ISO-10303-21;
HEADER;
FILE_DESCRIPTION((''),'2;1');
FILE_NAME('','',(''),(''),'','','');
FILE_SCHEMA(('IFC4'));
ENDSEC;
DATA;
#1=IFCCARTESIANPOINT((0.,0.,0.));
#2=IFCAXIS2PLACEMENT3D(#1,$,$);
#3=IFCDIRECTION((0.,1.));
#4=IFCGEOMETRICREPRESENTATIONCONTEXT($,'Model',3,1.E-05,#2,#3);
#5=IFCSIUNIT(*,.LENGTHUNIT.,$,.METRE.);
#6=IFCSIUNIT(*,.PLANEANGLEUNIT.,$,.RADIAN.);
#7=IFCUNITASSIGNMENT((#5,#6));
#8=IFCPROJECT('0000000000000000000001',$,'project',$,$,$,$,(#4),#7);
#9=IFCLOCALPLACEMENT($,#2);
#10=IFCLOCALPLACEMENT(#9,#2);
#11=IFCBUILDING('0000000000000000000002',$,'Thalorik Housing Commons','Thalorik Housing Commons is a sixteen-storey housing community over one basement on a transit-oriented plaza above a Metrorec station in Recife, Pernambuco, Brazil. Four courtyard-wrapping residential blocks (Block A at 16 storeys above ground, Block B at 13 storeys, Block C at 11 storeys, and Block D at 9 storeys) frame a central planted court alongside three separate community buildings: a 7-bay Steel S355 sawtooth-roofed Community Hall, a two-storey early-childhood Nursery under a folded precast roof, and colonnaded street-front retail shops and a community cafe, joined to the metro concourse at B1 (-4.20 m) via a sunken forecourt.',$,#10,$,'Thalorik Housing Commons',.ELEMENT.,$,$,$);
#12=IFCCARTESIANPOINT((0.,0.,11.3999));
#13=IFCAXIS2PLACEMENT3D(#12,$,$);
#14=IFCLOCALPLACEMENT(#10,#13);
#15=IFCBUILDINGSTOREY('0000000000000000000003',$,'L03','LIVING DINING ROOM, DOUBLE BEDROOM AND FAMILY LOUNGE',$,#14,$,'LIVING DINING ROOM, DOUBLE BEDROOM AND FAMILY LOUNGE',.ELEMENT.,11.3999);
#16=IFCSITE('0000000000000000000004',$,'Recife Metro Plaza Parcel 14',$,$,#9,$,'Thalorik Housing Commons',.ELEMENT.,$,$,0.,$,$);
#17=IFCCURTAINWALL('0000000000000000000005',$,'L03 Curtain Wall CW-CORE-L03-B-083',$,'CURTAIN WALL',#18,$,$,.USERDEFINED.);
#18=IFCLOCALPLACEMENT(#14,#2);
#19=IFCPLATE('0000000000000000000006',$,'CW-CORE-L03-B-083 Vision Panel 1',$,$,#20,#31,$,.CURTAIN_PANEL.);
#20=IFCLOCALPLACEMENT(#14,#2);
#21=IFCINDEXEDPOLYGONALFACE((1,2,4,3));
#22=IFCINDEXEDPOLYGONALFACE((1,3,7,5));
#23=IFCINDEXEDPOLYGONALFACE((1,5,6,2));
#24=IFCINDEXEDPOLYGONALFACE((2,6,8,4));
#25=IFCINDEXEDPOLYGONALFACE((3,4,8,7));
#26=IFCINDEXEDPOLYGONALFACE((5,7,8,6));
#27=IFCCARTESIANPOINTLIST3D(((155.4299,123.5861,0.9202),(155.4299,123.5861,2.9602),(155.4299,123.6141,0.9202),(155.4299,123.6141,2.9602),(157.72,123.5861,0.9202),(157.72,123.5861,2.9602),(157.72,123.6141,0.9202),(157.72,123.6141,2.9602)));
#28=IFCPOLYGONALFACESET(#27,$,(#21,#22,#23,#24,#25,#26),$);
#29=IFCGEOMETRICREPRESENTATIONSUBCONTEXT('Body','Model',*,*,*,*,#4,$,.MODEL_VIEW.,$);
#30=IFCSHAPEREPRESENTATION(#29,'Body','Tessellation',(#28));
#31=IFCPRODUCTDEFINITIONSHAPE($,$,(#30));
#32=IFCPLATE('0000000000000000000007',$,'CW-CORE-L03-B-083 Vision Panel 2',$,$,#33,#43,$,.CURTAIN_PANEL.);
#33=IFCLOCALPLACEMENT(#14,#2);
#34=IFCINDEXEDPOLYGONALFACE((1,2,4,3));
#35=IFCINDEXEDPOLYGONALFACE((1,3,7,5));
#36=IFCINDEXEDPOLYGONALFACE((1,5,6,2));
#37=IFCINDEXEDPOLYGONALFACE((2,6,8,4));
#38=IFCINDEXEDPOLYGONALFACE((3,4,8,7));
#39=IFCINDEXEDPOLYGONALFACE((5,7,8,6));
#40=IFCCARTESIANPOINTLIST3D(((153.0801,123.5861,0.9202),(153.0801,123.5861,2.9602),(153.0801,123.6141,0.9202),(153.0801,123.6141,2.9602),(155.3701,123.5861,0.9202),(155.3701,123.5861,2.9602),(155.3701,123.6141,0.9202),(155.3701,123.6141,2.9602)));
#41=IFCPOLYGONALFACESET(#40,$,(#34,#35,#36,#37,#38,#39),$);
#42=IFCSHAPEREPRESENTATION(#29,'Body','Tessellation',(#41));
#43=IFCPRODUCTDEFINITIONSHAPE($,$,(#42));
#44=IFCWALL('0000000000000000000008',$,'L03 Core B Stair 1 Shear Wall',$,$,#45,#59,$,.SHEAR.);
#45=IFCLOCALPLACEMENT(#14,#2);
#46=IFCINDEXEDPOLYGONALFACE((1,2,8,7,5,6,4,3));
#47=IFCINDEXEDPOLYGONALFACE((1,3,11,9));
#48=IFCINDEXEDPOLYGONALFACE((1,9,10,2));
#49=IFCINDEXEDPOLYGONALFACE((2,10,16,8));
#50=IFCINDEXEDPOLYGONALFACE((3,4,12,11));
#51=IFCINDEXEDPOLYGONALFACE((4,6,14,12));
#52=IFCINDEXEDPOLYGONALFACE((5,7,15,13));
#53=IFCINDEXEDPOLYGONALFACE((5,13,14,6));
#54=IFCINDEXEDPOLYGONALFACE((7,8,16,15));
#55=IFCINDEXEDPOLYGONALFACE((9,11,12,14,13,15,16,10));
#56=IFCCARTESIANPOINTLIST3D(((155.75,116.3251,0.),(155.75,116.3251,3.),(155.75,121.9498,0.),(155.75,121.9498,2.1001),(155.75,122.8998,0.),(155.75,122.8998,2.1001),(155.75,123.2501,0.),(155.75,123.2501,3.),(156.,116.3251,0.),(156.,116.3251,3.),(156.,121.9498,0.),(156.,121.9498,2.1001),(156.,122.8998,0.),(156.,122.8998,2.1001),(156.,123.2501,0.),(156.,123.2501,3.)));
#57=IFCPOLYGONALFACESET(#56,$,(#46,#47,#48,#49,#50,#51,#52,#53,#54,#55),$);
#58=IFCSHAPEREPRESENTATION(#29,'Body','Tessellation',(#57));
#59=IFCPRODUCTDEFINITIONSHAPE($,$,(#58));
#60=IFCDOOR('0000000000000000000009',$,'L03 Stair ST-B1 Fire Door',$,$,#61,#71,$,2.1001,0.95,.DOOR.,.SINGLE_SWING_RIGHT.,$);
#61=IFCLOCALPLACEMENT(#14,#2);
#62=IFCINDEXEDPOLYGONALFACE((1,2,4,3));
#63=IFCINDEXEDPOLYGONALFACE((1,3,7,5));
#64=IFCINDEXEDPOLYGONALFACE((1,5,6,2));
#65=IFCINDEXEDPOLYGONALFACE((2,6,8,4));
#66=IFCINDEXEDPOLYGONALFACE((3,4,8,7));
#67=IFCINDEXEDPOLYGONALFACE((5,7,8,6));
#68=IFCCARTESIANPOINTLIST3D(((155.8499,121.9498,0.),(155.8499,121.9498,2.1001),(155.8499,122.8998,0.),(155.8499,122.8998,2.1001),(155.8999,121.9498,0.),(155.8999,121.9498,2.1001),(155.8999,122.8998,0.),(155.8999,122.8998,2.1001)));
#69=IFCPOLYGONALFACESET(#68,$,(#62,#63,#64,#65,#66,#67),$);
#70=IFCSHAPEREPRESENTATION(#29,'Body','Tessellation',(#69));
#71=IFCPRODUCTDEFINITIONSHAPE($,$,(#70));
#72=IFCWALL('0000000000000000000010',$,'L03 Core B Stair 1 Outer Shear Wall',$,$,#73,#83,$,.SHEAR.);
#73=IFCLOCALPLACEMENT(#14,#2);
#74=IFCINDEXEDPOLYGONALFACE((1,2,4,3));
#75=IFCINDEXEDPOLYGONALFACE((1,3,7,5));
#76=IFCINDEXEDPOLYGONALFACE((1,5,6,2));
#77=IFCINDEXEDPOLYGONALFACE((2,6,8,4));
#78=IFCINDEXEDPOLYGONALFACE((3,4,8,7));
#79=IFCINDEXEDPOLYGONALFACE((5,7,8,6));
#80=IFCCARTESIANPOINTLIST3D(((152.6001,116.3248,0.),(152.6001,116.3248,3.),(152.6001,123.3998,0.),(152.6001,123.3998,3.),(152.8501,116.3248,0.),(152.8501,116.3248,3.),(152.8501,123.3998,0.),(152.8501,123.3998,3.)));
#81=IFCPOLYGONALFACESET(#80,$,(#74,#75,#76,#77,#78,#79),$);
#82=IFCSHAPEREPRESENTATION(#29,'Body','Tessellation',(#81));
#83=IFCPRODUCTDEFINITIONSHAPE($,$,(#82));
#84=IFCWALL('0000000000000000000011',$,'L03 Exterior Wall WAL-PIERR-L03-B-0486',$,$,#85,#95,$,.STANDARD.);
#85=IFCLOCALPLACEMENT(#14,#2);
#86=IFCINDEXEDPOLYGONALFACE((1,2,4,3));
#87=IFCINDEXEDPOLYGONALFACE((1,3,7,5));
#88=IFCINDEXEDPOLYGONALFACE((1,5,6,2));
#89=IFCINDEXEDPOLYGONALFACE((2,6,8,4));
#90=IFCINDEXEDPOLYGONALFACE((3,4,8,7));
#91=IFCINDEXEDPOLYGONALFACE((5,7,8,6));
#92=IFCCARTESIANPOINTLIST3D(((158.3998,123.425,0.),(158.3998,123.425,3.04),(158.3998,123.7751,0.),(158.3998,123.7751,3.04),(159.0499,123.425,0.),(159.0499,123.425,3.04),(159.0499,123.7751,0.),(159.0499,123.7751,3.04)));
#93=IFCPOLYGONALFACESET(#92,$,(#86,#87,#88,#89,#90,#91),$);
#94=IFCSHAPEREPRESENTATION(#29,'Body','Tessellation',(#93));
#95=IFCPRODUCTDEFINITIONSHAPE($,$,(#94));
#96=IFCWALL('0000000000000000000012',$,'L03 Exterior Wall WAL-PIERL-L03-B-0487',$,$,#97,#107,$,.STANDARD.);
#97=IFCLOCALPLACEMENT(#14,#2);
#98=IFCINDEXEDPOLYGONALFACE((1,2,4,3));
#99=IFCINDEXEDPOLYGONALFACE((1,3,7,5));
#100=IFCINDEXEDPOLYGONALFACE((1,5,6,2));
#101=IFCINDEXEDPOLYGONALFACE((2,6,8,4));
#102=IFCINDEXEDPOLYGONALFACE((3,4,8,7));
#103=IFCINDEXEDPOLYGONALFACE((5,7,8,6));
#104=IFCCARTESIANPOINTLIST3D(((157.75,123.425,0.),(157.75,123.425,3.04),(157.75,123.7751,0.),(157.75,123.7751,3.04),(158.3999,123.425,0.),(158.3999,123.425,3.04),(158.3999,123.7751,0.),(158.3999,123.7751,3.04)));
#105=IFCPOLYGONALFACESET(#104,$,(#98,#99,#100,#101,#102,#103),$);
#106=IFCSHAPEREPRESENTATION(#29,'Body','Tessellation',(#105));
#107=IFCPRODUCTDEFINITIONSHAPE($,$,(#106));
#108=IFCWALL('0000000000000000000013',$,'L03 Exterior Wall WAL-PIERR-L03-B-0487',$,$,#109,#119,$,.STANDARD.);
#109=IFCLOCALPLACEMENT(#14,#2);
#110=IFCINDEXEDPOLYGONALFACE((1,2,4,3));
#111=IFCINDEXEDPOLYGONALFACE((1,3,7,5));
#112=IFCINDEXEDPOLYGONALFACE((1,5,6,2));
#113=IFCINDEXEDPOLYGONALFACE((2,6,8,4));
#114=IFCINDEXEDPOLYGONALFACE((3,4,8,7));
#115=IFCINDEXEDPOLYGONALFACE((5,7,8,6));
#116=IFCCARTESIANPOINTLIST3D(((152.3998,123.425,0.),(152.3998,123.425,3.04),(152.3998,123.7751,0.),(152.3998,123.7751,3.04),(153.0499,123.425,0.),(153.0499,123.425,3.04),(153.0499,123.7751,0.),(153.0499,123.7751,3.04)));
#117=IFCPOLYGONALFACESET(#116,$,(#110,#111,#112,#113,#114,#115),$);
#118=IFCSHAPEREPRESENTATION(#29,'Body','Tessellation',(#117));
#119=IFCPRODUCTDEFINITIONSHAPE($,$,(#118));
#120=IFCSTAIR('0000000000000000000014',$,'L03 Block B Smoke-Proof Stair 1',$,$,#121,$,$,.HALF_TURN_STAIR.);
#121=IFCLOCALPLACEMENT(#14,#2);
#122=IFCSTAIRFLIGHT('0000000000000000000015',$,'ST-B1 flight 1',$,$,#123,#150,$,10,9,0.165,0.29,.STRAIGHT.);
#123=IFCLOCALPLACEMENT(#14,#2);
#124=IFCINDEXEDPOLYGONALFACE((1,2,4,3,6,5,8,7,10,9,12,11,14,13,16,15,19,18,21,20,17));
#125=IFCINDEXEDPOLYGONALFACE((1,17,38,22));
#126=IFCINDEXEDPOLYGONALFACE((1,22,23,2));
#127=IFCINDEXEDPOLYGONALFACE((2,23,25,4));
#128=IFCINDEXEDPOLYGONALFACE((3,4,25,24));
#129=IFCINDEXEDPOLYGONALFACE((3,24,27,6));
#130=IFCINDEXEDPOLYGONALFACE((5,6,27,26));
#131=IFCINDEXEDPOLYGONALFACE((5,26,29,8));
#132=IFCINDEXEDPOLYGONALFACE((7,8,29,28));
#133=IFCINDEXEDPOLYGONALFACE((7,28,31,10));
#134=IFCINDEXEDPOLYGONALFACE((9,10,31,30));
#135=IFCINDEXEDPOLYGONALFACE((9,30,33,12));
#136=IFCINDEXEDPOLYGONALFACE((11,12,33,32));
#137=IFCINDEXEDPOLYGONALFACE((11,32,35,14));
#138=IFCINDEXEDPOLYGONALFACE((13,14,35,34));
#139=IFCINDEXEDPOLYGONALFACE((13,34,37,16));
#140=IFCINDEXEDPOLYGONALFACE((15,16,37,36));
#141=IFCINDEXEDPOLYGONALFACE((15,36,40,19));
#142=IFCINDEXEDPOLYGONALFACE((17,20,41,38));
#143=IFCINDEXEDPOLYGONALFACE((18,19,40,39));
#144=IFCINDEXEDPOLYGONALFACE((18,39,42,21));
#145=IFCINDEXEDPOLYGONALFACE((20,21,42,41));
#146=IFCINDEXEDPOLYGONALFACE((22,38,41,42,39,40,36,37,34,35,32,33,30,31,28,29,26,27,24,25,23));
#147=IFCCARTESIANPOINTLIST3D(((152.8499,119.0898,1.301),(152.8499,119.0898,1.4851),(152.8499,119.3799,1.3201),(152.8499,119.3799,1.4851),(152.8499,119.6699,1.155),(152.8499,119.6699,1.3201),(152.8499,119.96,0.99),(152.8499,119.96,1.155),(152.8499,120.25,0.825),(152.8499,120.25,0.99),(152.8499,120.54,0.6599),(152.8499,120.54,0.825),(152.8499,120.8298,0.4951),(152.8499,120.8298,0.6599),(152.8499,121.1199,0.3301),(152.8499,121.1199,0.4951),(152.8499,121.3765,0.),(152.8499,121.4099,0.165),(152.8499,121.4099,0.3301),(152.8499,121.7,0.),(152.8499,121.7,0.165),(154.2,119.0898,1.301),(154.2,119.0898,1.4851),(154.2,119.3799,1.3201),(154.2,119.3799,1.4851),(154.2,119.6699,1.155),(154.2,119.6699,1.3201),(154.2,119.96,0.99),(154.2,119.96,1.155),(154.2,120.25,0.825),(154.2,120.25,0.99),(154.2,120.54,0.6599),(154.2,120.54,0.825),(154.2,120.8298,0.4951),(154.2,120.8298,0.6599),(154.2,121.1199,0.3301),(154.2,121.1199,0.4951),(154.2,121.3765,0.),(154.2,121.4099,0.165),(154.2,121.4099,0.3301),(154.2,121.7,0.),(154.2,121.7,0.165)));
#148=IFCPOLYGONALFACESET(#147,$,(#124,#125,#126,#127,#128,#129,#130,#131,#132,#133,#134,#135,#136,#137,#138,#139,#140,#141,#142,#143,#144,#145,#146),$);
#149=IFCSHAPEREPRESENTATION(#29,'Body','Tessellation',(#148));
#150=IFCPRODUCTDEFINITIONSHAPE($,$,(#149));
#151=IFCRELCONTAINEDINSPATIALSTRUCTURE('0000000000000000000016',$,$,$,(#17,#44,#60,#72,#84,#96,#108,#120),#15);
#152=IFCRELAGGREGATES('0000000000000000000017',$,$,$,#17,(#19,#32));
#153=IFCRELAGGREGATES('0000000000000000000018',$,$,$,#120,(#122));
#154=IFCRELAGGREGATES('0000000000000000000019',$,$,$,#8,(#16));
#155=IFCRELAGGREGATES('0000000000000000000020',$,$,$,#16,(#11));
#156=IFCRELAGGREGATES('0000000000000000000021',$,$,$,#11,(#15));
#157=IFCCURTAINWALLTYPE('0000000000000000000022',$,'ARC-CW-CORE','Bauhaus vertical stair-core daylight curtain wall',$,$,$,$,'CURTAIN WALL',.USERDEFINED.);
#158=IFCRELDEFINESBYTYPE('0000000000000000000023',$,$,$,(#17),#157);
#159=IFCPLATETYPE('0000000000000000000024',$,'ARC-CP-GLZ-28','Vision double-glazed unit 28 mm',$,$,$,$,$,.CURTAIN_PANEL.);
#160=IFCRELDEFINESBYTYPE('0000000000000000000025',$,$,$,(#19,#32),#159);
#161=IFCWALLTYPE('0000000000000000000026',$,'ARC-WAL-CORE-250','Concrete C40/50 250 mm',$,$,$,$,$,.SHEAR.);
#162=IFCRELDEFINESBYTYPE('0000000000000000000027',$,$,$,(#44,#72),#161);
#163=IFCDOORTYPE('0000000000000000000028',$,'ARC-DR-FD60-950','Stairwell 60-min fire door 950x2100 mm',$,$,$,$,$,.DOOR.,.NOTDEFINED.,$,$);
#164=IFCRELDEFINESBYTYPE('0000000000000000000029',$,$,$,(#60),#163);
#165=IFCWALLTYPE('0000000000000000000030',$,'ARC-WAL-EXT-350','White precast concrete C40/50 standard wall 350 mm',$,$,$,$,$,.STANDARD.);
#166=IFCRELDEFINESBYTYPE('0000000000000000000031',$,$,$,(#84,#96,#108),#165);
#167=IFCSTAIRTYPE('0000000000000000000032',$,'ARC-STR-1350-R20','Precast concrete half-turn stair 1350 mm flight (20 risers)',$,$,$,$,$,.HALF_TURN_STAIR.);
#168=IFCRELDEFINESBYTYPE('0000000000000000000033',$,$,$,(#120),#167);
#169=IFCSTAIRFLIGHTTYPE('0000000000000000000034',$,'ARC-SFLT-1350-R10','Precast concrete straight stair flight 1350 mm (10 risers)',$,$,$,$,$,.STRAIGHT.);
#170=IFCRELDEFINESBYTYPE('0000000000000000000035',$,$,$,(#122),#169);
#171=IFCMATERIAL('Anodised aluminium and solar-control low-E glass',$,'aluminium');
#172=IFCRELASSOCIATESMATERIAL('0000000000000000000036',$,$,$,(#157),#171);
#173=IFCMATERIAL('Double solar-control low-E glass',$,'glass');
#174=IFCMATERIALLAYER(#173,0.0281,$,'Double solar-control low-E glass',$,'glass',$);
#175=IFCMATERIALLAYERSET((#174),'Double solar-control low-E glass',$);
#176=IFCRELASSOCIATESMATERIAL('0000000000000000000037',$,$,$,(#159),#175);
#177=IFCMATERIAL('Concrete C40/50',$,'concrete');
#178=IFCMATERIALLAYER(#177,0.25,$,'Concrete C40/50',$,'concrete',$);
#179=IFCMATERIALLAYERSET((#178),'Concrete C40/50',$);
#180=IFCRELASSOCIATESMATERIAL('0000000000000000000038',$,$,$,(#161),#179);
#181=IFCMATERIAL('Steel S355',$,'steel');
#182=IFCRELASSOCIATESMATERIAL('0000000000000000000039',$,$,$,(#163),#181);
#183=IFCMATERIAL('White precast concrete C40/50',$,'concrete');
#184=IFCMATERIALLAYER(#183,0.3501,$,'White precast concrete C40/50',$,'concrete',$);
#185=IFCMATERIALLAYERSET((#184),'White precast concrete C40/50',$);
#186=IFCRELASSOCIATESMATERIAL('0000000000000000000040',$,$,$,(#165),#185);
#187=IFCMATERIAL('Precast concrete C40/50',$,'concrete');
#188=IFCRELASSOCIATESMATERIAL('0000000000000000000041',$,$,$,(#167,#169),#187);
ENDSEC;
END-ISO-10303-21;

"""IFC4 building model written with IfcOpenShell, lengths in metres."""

from ifc_helpers import new_model, si_unit, direction, frame, frame_2d, origin, origin_2d, place, context, subcontext, project, spatial, polyline, rectangle, outline, extrude, material, layer, layer_set, type_object, element, fill, aggregate, save


model = new_model("IFC4")

# Units and contexts
model_context = context("Model", 3, precision=1e-05, world=origin(), true_north=direction((0.0, 1.0)))
body_context = subcontext(model_context, "Body", "Model", "MODEL_VIEW")
ifc_project = project(units=[si_unit("LENGTHUNIT", "METRE"), si_unit("PLANEANGLEUNIT", "RADIAN")], contexts=[model_context])

# Site, building, storey
site_placement = place(None, origin())
site = spatial("IfcSite", under=ifc_project, at=site_placement, Name="Recife Metro Plaza Parcel 14", LongName="Thalorik Housing Commons", CompositionType="ELEMENT", RefElevation=0.0)
building_placement = place(site_placement, origin())
building = spatial("IfcBuilding", under=site, at=building_placement, Name="Thalorik Housing Commons", Description="Thalorik Housing Commons is a sixteen-storey housing community over one basement on a transit-oriented plaza above a Metrorec station in Recife, Pernambuco, Brazil. Four courtyard-wrapping residential blocks (Block A at 16 storeys above ground, Block B at 13 storeys, Block C at 11 storeys, and Block D at 9 storeys) frame a central planted court alongside three separate community buildings: a 7-bay Steel S355 sawtooth-roofed Community Hall, a two-storey early-childhood Nursery under a folded precast roof, and colonnaded street-front retail shops and a community cafe, joined to the metro concourse at B1 (-4.20 m) via a sunken forecourt.", LongName="Thalorik Housing Commons", CompositionType="ELEMENT")
storey_placement = place(building_placement, frame((0.0, 0.0, 11.3999)))
storey = spatial("IfcBuildingStorey", under=building, at=storey_placement, Name="L03", Description="LIVING DINING ROOM, DOUBLE BEDROOM AND FAMILY LOUNGE", LongName="LIVING DINING ROOM, DOUBLE BEDROOM AND FAMILY LOUNGE", CompositionType="ELEMENT", Elevation=11.3999)

# Shared definitions
ifc_material_1 = material(Name="Precast concrete C40/50", Category="concrete")

# Curtain wall
ifc_material_2 = material(Name="Anodised aluminium and solar-control low-E glass", Category="aluminium")
curtain_wall_type = type_object("IfcCurtainWallType", Name="ARC-CW-CORE", Description="Bauhaus vertical stair-core daylight curtain wall", ElementType="CURTAIN WALL", PredefinedType="USERDEFINED", material=ifc_material_2)
curtain_wall_1_placement = place(storey_placement, origin())
curtain_wall_1 = element("IfcCurtainWall", 1, at=curtain_wall_1_placement, inside=storey, type_object=curtain_wall_type, Name="L03 Curtain Wall CW-CORE-L03-B-083", ObjectType="CURTAIN WALL", PredefinedType="USERDEFINED")

# Plates
ifc_material_3 = material(Name="Double solar-control low-E glass", Category="glass")
ifc_layer_1 = layer(ifc_material_3, 0.0281, Name="Double solar-control low-E glass", Category="glass")
ifc_layer_set_1 = layer_set([ifc_layer_1], Name="Double solar-control low-E glass")
plate_type_1 = type_object("IfcPlateType", Name="ARC-CP-GLZ-28", Description="Vision double-glazed unit 28 mm", PredefinedType="CURTAIN_PANEL", material=ifc_layer_set_1)
plate_1_placement = place(storey_placement, frame((156.575, 123.6001, 0.9202), z_axis=(0.0, 0.0, 1.0), x_axis=(-1.0, 0.0, 0.0)))
plate_1 = element("IfcPlate", 2, at=plate_1_placement, type_object=plate_type_1, Name="CW-CORE-L03-B-083 Vision Panel 1", PredefinedType="CURTAIN_PANEL", context=body_context, shape_type="SweptSolid", body=[
    extrude(rectangle(XDim=2.29, YDim=0.0281, at=origin_2d()), origin(), (0.0, 0.0, 1.0), 2.04),
])
plate_2_placement = place(storey_placement, frame((154.2251, 123.6001, 0.9202), z_axis=(0.0, 0.0, 1.0), x_axis=(-1.0, 0.0, 0.0)))
plate_2 = element("IfcPlate", 3, at=plate_2_placement, type_object=plate_type_1, Name="CW-CORE-L03-B-083 Vision Panel 2", PredefinedType="CURTAIN_PANEL", context=body_context, shape_type="SweptSolid", body=[
    extrude(rectangle(XDim=2.29, YDim=0.0281, at=origin_2d()), origin(), (0.0, 0.0, 1.0), 2.04),
])
aggregate(curtain_wall_1, [plate_1, plate_2])

# Wall, opening, door
ifc_material_4 = material(Name="Concrete C40/50", Category="concrete")
ifc_layer_2 = layer(ifc_material_4, 0.25, Name="Concrete C40/50", Category="concrete")
ifc_layer_set_2 = layer_set([ifc_layer_2], Name="Concrete C40/50")
wall_type_1 = type_object("IfcWallType", Name="ARC-WAL-CORE-250", Description="Concrete C40/50 250 mm", PredefinedType="SHEAR", material=ifc_layer_set_2)
wall_1_placement = place(storey_placement, frame((155.875, 123.25, 0.0), z_axis=(0.0, 0.0, 1.0), x_axis=(0.0, -1.0, 0.0)))
wall_1 = element("IfcWall", 4, at=wall_1_placement, inside=storey, type_object=wall_type_1, Name="L03 Core B Stair 1 Shear Wall", PredefinedType="SHEAR", context=body_context, shape_type="SweptSolid", body=[
    extrude(rectangle(XDim=6.925, YDim=0.25, at=frame_2d((3.4624, 0.0))), origin(), (0.0, 0.0, 1.0), 3.0),
])
opening_1_placement = place(wall_1_placement, frame((0.3501, 0.0, 0.0)))
opening_1 = element("IfcOpeningElement", 5, at=opening_1_placement, cuts=wall_1, PredefinedType="OPENING", context=body_context, shape_type="SweptSolid", body=[
    extrude(rectangle(XDim=0.95, YDim=2.1001, at=frame_2d((0.4751, 1.05))), frame((0.0, 0.135, 0.0), z_axis=(0.0, -1.0, 0.0), x_axis=(1.0, 0.0, 0.0)), (0.0, 0.0, 1.0), 0.27),
])
ifc_material_5 = material(Name="Steel S355", Category="steel")
door_type_1 = type_object("IfcDoorType", Name="ARC-DR-FD60-950", Description="Stairwell 60-min fire door 950x2100 mm", OperationType="NOTDEFINED", PredefinedType="DOOR", material=ifc_material_5)
door_1_placement = place(opening_1_placement, origin())
door_1 = element("IfcDoor", 6, at=door_1_placement, inside=storey, type_object=door_type_1, Name="L03 Stair ST-B1 Fire Door", OperationType="SINGLE_SWING_RIGHT", OverallHeight=2.1001, OverallWidth=0.95, PredefinedType="DOOR", context=body_context, shape_type="SweptSolid", body=[
    extrude(rectangle(XDim=0.95, YDim=2.1001, at=frame_2d((0.4751, 1.05))), frame((0.0, 0.0249, 0.0), z_axis=(0.0, -1.0, 0.0), x_axis=(1.0, 0.0, 0.0)), (0.0, 0.0, 1.0), 0.05),
])
fill(opening_1, door_1)

# Walls
wall_2_placement = place(storey_placement, frame((152.7251, 123.3999, 0.0), z_axis=(0.0, 0.0, 1.0), x_axis=(0.0, -1.0, 0.0)))
element("IfcWall", 7, at=wall_2_placement, inside=storey, type_object=wall_type_1, Name="L03 Core B Stair 1 Outer Shear Wall", PredefinedType="SHEAR", context=body_context, shape_type="SweptSolid", body=[
    extrude(rectangle(XDim=7.075, YDim=0.25, at=frame_2d((3.5376, 0.0))), origin(), (0.0, 0.0, 1.0), 3.0),
])
ifc_material_6 = material(Name="White precast concrete C40/50", Category="concrete")
ifc_layer_3 = layer(ifc_material_6, 0.3501, Name="White precast concrete C40/50", Category="concrete")
ifc_layer_set_3 = layer_set([ifc_layer_3], Name="White precast concrete C40/50")
wall_type_2 = type_object("IfcWallType", Name="ARC-WAL-EXT-350", Description="White precast concrete C40/50 standard wall 350 mm", PredefinedType="STANDARD", material=ifc_layer_set_3)
wall_3_placement = place(storey_placement, frame((159.05, 123.6001, 0.0), z_axis=(0.0, 0.0, 1.0), x_axis=(-1.0, 0.0, 0.0)))
element("IfcWall", 8, at=wall_3_placement, inside=storey, type_object=wall_type_2, Name="L03 Exterior Wall WAL-PIERR-L03-B-0486", PredefinedType="STANDARD", context=body_context, shape_type="SweptSolid", body=[
    extrude(rectangle(XDim=0.6501, YDim=0.3501, at=frame_2d((0.3252, 0.0))), origin(), (0.0, 0.0, 1.0), 3.04),
])
wall_4_placement = place(storey_placement, frame((158.3999, 123.6001, 0.0), z_axis=(0.0, 0.0, 1.0), x_axis=(-1.0, 0.0, 0.0)))
element("IfcWall", 9, at=wall_4_placement, inside=storey, type_object=wall_type_2, Name="L03 Exterior Wall WAL-PIERL-L03-B-0487", PredefinedType="STANDARD", context=body_context, shape_type="SweptSolid", body=[
    extrude(rectangle(XDim=0.6499, YDim=0.3501, at=frame_2d((0.325, 0.0))), origin(), (0.0, 0.0, 1.0), 3.04),
])
wall_5_placement = place(storey_placement, frame((153.05, 123.6001, 0.0), z_axis=(0.0, 0.0, 1.0), x_axis=(-1.0, 0.0, 0.0)))
element("IfcWall", 10, at=wall_5_placement, inside=storey, type_object=wall_type_2, Name="L03 Exterior Wall WAL-PIERR-L03-B-0487", PredefinedType="STANDARD", context=body_context, shape_type="SweptSolid", body=[
    extrude(rectangle(XDim=0.6501, YDim=0.3501, at=frame_2d((0.3252, 0.0))), origin(), (0.0, 0.0, 1.0), 3.04),
])

# Stair, stair flight
stair_type = type_object("IfcStairType", Name="ARC-STR-1350-R20", Description="Precast concrete half-turn stair 1350 mm flight (20 risers)", PredefinedType="HALF_TURN_STAIR", material=ifc_material_1)
stair_placement = place(storey_placement, origin())
stair = element("IfcStair", 11, at=stair_placement, inside=storey, type_object=stair_type, Name="L03 Block B Smoke-Proof Stair 1", PredefinedType="HALF_TURN_STAIR")
stair_flight_type = type_object("IfcStairFlightType", Name="ARC-SFLT-1350-R10", Description="Precast concrete straight stair flight 1350 mm (10 risers)", PredefinedType="STRAIGHT", material=ifc_material_1)
stair_flight_placement = place(storey_placement, frame((153.5249, 121.7, 0.0), z_axis=(0.0, 0.0, 1.0), x_axis=(0.0, -1.0, 0.0)))
stair_flight = element("IfcStairFlight", 12, at=stair_flight_placement, type_object=stair_flight_type, Name="ST-B1 flight 1", NumberOfRisers=10, NumberOfTreads=9, PredefinedType="STRAIGHT", RiserHeight=0.165, TreadLength=0.29, context=body_context, shape_type="SweptSolid", body=[
    extrude(outline(polyline([(0.0, 0.0), (0.0, 0.165), (0.29, 0.165), (0.29, 0.3301), (0.5801, 0.3301), (0.5801, 0.4951), (0.8701, 0.4951), (0.8701, 0.6599), (1.1599, 0.6599), (1.1599, 0.825), (1.45, 0.825), (1.45, 0.99), (1.74, 0.99), (1.74, 1.155), (2.03, 1.155), (2.03, 1.3201), (2.3201, 1.3201), (2.3201, 1.4851), (2.6101, 1.4851), (2.6101, 1.6499), (2.6101, 1.301), (0.3235, 0.0), (0.0, 0.0)])), frame((0.0, 0.675, 0.0), z_axis=(0.0, -1.0, 0.0), x_axis=(1.0, 0.0, 0.0)), (0.0, 0.0, 1.0), 1.3501),
])
aggregate(stair, [stair_flight])

save(model, "model.ifc")
